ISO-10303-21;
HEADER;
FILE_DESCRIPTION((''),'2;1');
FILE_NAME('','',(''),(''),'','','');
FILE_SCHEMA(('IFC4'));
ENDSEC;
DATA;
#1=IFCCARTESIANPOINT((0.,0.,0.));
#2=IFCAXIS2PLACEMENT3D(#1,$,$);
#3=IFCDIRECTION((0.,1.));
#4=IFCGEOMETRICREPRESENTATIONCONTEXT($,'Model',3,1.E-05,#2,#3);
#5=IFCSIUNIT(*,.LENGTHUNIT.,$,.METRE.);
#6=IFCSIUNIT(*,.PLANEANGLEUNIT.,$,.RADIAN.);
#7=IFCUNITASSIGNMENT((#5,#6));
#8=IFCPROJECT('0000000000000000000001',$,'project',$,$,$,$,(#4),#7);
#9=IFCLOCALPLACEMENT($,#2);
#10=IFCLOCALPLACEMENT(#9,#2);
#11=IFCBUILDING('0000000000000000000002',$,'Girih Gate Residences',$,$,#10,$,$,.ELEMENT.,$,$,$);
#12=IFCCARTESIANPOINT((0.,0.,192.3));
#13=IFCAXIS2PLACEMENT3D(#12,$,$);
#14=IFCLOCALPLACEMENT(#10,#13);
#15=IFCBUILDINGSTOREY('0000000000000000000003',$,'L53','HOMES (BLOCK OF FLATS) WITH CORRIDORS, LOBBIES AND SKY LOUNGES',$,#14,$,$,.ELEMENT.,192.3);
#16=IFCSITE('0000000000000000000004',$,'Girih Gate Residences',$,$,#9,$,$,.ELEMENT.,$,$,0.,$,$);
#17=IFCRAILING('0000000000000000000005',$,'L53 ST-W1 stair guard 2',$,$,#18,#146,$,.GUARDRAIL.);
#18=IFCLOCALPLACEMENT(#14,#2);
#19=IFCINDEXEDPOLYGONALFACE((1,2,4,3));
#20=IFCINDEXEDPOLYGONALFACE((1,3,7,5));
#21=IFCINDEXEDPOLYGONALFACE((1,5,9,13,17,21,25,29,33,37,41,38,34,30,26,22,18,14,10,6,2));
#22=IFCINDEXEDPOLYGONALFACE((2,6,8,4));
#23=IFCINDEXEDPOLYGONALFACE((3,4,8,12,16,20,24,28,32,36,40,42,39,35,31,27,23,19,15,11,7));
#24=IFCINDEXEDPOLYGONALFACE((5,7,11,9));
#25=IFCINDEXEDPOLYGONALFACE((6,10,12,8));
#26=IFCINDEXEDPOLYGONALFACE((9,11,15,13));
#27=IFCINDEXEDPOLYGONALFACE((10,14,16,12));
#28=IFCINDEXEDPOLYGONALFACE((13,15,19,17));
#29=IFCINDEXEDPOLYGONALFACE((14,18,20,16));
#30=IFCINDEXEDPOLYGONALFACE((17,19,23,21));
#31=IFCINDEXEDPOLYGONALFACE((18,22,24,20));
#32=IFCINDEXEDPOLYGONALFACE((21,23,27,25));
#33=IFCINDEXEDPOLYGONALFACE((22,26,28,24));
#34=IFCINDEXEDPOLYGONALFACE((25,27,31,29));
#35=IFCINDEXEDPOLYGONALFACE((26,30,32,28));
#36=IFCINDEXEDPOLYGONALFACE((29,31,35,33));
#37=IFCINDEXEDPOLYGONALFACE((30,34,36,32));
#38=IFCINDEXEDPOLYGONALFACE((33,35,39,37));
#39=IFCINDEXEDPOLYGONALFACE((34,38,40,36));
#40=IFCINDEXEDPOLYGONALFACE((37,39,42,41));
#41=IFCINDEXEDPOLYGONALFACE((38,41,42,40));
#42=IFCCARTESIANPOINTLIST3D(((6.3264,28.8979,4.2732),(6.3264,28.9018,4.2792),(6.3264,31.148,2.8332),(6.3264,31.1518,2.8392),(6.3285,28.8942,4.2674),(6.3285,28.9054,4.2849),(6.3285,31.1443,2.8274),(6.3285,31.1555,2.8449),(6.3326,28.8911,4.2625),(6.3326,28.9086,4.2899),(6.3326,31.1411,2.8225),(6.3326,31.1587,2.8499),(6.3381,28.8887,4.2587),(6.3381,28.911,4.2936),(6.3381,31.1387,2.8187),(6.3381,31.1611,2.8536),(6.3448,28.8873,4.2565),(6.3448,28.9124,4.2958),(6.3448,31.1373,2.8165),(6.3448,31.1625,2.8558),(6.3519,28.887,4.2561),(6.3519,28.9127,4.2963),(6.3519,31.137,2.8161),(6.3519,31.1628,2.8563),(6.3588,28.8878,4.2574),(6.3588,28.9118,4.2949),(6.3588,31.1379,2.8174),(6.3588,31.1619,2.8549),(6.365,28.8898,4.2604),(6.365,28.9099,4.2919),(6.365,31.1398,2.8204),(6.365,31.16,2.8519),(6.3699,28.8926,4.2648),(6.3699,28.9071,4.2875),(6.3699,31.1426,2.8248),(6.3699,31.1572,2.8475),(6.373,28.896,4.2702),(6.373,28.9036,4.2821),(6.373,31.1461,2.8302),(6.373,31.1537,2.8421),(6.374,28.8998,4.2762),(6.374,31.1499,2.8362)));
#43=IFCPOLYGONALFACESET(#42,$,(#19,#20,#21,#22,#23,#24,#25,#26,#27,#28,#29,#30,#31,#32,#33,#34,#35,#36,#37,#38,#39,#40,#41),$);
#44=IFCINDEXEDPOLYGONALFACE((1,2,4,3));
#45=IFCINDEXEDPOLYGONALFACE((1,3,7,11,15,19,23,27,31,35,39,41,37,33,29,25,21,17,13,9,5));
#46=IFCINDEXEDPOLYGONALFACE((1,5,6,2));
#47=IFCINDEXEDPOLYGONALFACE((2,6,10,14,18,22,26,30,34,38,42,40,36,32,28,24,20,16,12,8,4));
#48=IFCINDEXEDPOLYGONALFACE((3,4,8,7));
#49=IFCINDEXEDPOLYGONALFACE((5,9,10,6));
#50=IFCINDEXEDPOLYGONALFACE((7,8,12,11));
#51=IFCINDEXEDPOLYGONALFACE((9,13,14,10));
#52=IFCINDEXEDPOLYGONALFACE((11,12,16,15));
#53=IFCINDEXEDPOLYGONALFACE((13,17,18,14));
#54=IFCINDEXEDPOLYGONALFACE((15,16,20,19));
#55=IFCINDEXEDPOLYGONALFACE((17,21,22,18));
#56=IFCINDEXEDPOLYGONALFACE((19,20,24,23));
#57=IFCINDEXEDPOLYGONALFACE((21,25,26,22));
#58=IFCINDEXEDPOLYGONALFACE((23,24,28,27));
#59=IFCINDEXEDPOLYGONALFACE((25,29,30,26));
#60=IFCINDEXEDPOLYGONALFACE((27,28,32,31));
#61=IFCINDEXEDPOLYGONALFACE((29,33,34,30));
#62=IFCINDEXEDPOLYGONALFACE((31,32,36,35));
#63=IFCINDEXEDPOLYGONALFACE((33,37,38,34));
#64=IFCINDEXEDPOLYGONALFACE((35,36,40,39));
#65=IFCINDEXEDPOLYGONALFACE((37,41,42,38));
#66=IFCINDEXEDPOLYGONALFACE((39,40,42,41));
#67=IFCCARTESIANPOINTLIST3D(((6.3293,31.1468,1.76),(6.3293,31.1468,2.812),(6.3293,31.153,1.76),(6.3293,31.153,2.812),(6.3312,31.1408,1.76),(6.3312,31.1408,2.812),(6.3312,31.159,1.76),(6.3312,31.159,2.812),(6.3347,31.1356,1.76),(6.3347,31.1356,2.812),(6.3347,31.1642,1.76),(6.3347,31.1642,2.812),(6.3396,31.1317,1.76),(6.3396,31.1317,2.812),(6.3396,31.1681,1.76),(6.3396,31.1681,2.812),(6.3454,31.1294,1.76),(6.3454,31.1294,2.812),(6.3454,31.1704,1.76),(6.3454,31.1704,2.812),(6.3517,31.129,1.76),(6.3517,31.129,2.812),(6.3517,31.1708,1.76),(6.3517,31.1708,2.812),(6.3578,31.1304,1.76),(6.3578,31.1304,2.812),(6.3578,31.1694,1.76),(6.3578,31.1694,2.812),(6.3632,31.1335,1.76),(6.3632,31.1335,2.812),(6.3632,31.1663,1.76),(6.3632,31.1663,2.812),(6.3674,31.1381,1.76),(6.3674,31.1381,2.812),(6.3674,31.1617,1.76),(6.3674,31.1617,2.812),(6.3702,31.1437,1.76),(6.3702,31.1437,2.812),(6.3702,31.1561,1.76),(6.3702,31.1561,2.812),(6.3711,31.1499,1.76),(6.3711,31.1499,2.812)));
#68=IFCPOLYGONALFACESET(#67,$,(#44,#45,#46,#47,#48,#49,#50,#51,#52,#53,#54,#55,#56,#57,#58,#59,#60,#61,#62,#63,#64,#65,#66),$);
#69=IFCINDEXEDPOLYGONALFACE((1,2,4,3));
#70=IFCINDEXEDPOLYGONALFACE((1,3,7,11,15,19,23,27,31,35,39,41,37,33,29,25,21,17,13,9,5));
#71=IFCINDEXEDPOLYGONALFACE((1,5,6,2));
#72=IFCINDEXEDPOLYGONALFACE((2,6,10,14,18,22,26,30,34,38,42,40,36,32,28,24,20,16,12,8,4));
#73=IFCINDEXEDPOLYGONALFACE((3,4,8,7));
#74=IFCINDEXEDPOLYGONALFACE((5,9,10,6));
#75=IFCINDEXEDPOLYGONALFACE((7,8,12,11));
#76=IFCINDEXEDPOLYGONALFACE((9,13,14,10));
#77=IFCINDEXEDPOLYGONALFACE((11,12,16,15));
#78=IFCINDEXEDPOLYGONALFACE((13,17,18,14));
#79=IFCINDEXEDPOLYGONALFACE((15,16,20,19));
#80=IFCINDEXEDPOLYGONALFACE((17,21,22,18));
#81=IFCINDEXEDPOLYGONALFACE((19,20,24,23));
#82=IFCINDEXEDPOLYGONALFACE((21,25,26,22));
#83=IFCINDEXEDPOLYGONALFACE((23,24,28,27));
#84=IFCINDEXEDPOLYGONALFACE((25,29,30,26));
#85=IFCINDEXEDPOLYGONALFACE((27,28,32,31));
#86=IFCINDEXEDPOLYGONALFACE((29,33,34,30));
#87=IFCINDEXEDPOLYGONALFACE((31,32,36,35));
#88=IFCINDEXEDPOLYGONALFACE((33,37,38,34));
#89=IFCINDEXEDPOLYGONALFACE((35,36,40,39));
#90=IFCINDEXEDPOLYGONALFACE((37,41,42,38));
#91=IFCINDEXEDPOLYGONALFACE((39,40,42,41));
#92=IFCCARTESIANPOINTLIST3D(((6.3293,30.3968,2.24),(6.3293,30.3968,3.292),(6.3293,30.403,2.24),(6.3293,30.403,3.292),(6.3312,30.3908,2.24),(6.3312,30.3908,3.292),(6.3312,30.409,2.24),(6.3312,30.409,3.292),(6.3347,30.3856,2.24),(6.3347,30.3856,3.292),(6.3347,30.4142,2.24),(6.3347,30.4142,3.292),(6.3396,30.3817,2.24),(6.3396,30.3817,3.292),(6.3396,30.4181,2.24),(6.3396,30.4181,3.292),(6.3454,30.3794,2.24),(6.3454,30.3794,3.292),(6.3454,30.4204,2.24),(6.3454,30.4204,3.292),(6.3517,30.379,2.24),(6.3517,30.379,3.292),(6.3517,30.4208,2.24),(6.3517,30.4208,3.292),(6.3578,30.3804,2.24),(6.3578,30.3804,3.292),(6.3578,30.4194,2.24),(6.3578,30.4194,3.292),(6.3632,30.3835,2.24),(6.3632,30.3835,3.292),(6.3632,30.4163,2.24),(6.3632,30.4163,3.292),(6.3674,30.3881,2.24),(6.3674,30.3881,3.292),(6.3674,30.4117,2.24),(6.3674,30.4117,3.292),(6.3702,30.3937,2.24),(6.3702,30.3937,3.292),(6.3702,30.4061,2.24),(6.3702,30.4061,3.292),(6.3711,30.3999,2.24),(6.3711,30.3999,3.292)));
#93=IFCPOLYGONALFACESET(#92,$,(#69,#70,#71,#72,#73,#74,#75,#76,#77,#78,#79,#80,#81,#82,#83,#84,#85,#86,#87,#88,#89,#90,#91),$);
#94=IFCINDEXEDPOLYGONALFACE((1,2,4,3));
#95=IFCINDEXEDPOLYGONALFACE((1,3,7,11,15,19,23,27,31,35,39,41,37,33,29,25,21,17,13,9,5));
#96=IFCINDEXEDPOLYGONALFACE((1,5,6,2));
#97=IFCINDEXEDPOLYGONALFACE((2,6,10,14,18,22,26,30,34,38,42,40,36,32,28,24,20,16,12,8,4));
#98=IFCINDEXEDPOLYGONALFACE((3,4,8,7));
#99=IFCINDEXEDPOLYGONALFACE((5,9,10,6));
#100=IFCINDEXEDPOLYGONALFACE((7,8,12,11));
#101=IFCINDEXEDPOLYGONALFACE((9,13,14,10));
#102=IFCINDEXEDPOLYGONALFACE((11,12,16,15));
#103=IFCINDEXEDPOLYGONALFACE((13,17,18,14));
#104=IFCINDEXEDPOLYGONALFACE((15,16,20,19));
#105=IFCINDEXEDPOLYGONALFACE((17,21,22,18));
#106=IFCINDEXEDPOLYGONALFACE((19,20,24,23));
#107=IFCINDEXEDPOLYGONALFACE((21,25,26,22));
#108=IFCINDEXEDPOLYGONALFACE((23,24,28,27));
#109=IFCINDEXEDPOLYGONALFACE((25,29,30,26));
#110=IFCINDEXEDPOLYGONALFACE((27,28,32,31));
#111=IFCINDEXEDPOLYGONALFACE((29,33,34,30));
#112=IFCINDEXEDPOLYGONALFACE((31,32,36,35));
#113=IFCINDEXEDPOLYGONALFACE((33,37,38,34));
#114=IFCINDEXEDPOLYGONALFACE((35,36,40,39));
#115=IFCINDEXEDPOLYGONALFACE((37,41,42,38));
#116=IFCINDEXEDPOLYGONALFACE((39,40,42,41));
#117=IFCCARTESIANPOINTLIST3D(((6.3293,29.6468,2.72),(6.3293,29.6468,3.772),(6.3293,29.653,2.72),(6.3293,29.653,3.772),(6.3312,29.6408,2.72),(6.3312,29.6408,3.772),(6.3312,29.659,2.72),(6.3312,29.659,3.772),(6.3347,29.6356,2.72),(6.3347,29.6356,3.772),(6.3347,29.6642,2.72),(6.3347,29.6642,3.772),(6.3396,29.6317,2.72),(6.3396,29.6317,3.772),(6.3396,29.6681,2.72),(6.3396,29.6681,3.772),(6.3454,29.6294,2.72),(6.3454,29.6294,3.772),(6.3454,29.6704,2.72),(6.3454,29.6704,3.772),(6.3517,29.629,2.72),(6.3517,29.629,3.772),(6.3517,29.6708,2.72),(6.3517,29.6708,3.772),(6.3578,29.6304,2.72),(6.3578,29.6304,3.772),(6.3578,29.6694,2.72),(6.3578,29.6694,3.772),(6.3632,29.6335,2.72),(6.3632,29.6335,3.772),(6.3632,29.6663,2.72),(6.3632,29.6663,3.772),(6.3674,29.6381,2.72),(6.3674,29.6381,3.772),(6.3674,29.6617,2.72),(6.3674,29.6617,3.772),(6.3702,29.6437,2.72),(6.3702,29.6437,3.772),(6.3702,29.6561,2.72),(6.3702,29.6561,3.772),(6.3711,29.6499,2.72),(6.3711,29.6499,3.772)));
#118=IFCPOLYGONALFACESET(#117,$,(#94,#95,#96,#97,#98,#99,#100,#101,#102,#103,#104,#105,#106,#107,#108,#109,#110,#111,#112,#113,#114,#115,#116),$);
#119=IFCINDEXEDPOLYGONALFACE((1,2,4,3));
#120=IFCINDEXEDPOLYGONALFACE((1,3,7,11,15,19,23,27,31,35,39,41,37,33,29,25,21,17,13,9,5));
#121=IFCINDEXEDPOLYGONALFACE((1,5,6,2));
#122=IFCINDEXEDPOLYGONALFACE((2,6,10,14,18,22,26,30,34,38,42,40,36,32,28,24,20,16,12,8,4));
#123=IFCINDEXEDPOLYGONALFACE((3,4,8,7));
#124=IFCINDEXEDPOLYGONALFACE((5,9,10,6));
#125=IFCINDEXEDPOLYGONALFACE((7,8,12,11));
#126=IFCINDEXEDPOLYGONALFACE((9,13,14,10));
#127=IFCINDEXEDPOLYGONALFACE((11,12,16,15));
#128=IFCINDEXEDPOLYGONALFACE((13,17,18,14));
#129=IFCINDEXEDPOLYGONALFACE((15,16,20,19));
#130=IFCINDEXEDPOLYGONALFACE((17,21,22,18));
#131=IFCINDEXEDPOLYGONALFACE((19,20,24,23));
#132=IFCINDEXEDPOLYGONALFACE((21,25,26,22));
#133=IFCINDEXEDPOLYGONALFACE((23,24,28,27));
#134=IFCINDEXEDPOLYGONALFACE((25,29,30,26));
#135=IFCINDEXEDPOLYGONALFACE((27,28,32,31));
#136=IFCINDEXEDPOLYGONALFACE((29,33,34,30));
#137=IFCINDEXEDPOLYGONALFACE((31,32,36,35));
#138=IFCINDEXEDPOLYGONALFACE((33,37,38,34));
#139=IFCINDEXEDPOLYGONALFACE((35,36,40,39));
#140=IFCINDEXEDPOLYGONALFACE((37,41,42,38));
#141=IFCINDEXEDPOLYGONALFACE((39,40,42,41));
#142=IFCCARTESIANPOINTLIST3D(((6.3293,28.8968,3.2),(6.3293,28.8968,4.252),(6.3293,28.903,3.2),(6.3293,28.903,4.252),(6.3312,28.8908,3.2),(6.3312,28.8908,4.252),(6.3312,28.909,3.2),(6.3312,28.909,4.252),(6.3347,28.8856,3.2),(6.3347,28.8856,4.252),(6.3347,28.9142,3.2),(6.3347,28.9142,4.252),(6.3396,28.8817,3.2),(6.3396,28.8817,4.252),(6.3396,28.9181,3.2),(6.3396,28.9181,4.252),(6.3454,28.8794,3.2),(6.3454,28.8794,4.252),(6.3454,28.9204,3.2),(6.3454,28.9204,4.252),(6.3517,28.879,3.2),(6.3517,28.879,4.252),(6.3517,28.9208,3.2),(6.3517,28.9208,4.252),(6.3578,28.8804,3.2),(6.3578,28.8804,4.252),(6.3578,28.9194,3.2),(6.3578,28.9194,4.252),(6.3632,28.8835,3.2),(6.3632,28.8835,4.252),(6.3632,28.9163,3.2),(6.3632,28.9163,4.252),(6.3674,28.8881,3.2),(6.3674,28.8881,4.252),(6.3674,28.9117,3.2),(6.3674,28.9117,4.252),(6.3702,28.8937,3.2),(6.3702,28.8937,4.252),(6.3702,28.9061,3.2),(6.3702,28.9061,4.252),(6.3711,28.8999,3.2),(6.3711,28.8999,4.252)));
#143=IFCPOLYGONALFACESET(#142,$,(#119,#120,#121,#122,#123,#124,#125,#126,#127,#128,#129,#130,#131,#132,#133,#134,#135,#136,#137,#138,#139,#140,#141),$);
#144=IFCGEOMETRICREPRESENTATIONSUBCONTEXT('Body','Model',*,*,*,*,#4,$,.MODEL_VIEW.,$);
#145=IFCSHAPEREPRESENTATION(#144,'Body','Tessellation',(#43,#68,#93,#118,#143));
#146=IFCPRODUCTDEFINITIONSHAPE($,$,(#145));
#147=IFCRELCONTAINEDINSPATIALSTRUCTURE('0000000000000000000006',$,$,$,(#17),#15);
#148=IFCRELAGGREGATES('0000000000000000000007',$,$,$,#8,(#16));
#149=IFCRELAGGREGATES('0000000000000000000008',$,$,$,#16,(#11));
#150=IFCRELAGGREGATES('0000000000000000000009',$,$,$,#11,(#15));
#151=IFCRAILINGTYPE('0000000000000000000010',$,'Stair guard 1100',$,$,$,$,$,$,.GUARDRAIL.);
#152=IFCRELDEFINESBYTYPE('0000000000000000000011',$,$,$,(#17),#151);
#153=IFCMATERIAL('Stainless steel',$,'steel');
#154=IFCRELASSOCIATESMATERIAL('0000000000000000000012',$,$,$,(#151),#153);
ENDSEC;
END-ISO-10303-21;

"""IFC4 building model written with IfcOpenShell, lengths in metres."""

from ifc_helpers import new_model, si_unit, direction, frame, origin, origin_2d, place, context, subcontext, project, spatial, circle, extrude, material, type_object, element, save


model = new_model("IFC4")

# Units and contexts
model_context = context("Model", 3, precision=1e-05, world=origin(), true_north=direction((0.0, 1.0)))
body_context = subcontext(model_context, "Body", "Model", "MODEL_VIEW")
ifc_project = project(units=[si_unit("LENGTHUNIT", "METRE"), si_unit("PLANEANGLEUNIT", "RADIAN")], contexts=[model_context])

# Site, building, storey
site_placement = place(None, origin())
site = spatial("IfcSite", under=ifc_project, at=site_placement, Name="Girih Gate Residences", CompositionType="ELEMENT", RefElevation=0.0)
building_placement = place(site_placement, origin())
building = spatial("IfcBuilding", under=site, at=building_placement, Name="Girih Gate Residences", CompositionType="ELEMENT")
storey_placement = place(building_placement, frame((0.0, 0.0, 192.3)))
storey = spatial("IfcBuildingStorey", under=building, at=storey_placement, Name="L53", Description="HOMES (BLOCK OF FLATS) WITH CORRIDORS, LOBBIES AND SKY LOUNGES", CompositionType="ELEMENT", Elevation=192.3)

# Railing
ifc_material_1 = material(Name="Stainless steel", Category="steel")
railing_type_1 = type_object("IfcRailingType", Name="Stair guard 1100", PredefinedType="GUARDRAIL", material=ifc_material_1)
railing_1_placement = place(storey_placement, frame((6.3501, 31.1499, 1.76)))
element("IfcRailing", 1, at=railing_1_placement, inside=storey, type_object=railing_type_1, Name="L53 ST-W1 stair guard 2", PredefinedType="GUARDRAIL", context=body_context, shape_type="SweptSolid", body=[
    extrude(circle(Radius=0.0239, at=origin_2d()), frame((0.0, 0.0, 1.0762), z_axis=(0.0, -0.842281, 0.539038), x_axis=(1.0, 0.0, 0.0)), (0.0, 0.0, 1.0), 2.6714),
    extrude(circle(Radius=0.021, at=origin_2d()), origin(), (0.0, 0.0, 1.0), 1.052),
    extrude(circle(Radius=0.021, at=origin_2d()), frame((0.0, -0.75, 0.48)), (0.0, 0.0, 1.0), 1.052),
    extrude(circle(Radius=0.021, at=origin_2d()), frame((0.0, -1.5, 0.96)), (0.0, 0.0, 1.0), 1.052),
    extrude(circle(Radius=0.021, at=origin_2d()), frame((0.0, -2.25, 1.4399)), (0.0, 0.0, 1.0), 1.052),
])

save(model, "model.ifc")
